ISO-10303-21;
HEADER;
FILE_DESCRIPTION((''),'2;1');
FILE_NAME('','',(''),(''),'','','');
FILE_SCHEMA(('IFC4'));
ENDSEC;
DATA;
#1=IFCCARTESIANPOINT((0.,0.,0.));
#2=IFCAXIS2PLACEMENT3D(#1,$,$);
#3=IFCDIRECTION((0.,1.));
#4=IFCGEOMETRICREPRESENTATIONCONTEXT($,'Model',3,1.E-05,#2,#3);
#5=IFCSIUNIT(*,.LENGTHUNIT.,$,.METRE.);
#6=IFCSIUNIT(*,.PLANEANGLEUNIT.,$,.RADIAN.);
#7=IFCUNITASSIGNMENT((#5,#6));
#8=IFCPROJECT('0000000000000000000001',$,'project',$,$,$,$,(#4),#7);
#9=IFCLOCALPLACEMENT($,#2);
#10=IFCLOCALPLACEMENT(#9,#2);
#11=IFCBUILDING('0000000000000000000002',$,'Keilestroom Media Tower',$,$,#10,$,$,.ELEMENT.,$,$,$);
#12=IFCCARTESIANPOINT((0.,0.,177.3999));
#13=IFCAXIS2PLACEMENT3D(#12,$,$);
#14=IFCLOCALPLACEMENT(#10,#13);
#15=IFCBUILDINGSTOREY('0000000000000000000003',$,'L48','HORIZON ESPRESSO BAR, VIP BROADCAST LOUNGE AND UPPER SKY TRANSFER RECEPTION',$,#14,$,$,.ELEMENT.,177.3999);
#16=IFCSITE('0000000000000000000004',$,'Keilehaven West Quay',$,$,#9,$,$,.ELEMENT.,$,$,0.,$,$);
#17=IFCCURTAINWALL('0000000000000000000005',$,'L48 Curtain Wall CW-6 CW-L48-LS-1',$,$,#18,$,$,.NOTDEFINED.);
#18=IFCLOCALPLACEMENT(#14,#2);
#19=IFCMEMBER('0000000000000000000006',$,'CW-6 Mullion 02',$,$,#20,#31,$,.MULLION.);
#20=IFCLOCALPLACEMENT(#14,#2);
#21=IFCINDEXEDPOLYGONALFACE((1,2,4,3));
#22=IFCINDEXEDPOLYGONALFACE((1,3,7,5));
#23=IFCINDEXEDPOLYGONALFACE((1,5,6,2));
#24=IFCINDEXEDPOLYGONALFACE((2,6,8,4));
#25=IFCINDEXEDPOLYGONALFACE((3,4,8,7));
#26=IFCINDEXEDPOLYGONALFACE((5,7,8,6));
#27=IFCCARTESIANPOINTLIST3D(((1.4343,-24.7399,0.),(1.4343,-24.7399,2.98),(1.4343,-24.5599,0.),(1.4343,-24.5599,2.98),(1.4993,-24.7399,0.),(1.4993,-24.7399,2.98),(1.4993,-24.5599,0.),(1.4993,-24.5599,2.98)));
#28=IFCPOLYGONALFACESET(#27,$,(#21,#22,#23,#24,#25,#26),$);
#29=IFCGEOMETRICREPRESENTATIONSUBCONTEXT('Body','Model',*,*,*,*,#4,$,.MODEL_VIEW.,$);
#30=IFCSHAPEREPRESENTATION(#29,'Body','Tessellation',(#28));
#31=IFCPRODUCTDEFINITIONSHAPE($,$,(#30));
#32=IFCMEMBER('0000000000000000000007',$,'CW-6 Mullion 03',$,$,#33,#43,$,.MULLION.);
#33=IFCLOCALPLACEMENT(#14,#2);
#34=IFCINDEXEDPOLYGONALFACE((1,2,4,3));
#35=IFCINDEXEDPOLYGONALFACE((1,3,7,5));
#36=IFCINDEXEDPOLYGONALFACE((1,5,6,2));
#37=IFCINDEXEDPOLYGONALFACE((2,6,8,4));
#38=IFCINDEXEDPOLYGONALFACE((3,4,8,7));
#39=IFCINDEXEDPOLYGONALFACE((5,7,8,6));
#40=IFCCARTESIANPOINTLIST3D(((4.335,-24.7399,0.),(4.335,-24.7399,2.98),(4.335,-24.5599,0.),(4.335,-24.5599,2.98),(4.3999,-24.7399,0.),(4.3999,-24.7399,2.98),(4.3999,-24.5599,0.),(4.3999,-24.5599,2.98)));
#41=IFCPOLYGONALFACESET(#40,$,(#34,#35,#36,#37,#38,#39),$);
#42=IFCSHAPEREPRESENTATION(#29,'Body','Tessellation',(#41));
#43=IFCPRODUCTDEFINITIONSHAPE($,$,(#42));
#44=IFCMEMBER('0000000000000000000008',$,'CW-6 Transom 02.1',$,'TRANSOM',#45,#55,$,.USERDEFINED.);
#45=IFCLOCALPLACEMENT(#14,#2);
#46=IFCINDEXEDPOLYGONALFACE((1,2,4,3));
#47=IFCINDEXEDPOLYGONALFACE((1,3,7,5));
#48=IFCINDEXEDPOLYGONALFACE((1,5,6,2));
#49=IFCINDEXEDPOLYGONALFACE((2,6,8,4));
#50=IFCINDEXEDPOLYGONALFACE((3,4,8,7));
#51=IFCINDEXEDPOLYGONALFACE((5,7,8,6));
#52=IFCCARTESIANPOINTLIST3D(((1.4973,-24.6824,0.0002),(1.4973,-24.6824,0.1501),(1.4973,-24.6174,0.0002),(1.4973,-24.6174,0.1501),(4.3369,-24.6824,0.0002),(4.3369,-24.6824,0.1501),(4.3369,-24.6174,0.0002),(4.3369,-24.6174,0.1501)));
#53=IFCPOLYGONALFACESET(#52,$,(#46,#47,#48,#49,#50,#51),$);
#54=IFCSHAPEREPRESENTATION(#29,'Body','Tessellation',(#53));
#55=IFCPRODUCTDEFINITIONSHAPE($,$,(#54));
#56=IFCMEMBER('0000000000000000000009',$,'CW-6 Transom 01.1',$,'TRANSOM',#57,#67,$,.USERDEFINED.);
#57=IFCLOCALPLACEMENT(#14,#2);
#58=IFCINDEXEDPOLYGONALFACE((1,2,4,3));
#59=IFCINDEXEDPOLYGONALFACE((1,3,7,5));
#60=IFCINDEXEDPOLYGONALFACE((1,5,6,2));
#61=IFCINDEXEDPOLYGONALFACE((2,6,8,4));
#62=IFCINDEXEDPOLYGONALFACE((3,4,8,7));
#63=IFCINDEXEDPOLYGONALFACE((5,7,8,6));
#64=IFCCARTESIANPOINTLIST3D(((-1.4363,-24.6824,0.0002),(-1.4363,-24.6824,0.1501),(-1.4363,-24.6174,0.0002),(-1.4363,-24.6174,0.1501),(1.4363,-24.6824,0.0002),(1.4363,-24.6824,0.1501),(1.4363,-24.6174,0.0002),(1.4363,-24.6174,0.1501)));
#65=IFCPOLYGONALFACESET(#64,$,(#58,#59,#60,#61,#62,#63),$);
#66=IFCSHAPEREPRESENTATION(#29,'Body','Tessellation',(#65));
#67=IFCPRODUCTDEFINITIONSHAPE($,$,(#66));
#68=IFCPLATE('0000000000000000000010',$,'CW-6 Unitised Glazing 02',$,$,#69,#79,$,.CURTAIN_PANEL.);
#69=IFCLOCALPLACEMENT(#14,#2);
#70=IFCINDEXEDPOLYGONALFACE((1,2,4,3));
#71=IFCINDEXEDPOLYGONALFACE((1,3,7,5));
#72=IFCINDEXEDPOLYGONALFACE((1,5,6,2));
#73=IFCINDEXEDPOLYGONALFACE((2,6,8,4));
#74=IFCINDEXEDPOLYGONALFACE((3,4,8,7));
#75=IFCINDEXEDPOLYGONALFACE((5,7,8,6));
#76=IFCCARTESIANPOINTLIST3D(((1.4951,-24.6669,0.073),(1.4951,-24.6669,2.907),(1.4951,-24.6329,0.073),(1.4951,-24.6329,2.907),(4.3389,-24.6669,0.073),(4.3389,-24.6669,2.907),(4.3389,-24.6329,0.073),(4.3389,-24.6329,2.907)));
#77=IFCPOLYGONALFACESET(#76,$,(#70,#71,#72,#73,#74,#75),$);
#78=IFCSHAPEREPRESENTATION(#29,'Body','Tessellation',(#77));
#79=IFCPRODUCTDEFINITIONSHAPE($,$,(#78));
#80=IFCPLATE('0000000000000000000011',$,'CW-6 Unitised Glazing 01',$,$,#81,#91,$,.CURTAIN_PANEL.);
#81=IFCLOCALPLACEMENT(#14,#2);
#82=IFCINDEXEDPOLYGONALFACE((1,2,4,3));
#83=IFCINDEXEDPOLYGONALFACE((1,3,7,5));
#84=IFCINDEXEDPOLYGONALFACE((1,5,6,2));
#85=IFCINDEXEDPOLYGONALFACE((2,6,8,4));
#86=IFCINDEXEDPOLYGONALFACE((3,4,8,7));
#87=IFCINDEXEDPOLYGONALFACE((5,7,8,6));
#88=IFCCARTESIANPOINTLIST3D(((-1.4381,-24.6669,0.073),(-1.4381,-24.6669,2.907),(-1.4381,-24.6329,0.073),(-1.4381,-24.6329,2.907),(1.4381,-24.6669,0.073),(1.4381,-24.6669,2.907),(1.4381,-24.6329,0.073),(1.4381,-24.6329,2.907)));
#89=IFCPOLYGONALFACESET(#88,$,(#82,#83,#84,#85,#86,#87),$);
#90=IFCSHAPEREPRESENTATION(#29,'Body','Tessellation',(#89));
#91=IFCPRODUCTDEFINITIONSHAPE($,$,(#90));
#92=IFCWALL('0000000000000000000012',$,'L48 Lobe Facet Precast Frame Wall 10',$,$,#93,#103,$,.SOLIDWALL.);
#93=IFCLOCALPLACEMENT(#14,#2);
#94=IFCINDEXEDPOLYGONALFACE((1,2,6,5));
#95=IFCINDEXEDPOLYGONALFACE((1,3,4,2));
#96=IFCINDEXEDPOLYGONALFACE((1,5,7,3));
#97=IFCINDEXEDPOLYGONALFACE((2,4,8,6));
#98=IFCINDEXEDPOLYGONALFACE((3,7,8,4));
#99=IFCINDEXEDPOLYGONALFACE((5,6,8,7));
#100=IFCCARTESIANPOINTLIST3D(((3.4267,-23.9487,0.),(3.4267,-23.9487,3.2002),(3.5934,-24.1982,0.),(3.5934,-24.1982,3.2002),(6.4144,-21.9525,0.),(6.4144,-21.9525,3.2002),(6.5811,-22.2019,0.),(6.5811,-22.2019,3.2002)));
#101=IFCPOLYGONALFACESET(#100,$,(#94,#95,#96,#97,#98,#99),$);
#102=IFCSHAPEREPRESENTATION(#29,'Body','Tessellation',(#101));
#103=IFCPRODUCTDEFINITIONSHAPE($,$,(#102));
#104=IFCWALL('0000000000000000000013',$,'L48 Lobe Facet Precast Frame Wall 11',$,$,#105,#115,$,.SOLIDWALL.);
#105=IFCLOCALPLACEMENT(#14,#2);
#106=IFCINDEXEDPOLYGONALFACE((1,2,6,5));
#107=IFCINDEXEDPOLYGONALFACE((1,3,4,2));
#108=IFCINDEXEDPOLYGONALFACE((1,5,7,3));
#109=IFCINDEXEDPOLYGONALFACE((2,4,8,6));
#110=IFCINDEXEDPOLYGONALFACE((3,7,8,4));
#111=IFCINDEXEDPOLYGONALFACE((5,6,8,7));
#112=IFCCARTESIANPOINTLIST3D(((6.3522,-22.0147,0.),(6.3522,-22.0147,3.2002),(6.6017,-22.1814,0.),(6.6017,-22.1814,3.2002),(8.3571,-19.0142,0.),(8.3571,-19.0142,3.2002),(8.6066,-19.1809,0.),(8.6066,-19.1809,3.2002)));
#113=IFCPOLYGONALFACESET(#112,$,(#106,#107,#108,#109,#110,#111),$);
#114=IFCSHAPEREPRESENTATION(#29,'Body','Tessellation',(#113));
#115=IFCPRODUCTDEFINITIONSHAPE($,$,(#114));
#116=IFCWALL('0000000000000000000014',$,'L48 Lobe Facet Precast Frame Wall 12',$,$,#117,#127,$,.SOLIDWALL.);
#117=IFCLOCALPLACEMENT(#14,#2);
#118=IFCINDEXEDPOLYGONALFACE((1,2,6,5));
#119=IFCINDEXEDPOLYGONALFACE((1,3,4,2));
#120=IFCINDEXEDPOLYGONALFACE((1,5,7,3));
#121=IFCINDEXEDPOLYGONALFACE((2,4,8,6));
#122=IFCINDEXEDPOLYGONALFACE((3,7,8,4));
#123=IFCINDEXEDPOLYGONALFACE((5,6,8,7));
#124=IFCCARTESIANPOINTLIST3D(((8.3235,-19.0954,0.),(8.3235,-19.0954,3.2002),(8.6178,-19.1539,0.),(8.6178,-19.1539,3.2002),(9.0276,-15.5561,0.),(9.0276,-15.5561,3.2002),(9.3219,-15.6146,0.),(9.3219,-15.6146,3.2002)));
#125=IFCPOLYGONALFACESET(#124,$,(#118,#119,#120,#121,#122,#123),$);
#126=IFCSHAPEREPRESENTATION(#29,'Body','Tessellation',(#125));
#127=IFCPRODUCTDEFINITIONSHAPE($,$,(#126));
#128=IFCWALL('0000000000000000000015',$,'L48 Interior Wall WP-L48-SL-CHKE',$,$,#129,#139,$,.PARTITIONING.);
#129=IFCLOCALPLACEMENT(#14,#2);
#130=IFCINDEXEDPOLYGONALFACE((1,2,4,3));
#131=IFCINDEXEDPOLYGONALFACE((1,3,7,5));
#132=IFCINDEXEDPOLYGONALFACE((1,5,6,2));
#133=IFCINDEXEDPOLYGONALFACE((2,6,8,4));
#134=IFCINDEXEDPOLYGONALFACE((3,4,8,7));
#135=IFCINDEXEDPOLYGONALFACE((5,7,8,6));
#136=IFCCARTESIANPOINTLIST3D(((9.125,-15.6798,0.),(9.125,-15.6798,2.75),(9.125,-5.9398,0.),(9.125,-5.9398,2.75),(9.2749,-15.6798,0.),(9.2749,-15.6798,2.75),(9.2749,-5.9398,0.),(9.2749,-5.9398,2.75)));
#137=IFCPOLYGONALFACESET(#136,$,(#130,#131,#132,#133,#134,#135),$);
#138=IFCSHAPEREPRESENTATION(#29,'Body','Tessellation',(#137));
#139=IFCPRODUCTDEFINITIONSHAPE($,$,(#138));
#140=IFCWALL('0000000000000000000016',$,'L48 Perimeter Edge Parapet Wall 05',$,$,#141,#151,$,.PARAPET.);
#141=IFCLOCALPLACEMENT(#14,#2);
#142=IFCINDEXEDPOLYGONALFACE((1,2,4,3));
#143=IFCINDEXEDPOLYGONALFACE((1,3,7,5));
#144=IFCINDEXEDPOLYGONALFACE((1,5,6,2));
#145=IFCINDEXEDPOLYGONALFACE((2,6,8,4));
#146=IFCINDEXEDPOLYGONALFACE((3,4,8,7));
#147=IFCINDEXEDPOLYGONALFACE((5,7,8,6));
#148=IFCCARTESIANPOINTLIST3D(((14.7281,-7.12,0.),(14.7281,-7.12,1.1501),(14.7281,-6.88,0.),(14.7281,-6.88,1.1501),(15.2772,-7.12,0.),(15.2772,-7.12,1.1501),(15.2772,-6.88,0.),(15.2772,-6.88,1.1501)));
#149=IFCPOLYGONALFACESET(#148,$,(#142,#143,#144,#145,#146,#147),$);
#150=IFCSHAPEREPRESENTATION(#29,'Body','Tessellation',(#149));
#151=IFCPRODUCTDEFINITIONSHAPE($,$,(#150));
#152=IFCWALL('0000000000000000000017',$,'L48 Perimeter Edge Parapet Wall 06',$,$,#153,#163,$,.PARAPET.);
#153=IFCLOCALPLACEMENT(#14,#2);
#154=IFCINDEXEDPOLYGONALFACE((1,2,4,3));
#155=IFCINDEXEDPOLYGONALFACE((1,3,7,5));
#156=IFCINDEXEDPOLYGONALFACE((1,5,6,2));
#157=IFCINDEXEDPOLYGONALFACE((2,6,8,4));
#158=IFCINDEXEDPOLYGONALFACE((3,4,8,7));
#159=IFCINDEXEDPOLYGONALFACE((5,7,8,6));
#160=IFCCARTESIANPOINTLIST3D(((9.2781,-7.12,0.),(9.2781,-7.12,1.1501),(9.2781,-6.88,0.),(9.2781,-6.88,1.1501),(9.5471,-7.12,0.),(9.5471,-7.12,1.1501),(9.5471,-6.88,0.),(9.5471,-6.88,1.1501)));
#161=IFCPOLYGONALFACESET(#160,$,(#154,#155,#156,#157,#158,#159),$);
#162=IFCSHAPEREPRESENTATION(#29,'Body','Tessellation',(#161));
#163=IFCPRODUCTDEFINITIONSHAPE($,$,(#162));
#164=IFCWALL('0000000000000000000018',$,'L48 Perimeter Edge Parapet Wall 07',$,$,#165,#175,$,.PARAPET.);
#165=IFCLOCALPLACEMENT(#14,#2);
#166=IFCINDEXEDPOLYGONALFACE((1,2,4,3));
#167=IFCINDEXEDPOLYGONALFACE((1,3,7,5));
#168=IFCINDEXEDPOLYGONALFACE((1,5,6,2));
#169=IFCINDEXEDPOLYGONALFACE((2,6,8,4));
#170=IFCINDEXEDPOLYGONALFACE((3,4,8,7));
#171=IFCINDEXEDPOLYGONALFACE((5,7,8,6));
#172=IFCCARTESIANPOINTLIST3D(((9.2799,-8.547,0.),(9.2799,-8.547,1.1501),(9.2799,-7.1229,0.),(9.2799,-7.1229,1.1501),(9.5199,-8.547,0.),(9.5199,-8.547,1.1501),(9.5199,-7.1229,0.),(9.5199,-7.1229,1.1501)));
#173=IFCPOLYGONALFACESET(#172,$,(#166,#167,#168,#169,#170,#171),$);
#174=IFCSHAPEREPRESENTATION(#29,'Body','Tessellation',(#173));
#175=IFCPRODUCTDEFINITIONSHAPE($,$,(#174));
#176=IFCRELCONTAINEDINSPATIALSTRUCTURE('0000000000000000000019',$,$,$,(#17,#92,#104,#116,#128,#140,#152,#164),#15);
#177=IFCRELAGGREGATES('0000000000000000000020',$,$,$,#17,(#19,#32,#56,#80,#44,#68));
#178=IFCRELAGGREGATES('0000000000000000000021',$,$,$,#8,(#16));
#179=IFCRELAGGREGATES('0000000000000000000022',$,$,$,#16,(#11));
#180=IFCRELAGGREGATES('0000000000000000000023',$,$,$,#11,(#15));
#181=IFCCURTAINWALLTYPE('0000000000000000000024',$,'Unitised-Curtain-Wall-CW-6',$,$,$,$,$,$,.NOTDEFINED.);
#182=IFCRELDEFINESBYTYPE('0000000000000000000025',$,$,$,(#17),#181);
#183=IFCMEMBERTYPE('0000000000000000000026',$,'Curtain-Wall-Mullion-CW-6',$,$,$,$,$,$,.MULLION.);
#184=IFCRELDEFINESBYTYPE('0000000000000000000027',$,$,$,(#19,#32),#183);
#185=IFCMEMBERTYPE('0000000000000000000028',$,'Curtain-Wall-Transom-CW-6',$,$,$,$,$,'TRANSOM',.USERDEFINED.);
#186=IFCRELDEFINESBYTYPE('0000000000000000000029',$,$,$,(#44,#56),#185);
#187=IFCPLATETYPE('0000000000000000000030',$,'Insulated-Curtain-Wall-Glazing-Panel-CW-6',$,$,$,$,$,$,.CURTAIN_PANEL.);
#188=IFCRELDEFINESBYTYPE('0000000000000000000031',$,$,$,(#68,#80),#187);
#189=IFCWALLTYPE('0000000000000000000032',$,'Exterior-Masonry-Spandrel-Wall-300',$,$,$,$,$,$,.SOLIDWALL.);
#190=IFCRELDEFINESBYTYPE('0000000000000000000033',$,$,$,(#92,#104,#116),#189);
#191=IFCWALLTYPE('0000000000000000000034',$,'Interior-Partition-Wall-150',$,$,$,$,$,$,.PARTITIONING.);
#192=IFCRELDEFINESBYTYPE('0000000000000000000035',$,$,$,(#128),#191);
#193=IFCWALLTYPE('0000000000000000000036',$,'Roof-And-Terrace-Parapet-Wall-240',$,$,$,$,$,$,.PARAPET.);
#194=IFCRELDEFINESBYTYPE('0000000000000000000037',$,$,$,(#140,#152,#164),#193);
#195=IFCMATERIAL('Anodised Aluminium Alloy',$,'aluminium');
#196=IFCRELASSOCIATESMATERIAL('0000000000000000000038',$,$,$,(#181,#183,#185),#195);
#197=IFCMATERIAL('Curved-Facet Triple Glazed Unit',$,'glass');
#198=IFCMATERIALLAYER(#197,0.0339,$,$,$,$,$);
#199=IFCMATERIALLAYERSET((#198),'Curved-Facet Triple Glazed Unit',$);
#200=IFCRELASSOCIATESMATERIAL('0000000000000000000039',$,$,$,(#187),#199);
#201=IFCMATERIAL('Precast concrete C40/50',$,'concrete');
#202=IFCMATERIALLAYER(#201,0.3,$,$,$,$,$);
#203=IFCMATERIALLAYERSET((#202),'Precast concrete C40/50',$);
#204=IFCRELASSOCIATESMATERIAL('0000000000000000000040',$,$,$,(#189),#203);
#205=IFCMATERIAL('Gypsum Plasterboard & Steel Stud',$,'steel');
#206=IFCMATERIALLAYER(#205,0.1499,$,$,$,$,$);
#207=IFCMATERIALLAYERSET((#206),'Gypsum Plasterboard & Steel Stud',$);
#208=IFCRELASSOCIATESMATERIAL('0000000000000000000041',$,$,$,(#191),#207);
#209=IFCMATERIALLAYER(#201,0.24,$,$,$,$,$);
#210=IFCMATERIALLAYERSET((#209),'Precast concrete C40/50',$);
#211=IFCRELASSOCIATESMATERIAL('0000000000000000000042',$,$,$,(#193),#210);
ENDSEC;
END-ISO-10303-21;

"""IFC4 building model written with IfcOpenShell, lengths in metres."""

from ifc_helpers import new_model, si_unit, direction, frame, frame_2d, origin, origin_2d, place, context, subcontext, project, spatial, rectangle, extrude, source, transform, mapped, material, layer, layer_set, material_profile, profile_set, type_object, element, aggregate, save


model = new_model("IFC4")

# Units and contexts
model_context = context("Model", 3, precision=1e-05, world=origin(), true_north=direction((0.0, 1.0)))
body_context = subcontext(model_context, "Body", "Model", "MODEL_VIEW")
ifc_project = project(units=[si_unit("LENGTHUNIT", "METRE"), si_unit("PLANEANGLEUNIT", "RADIAN")], contexts=[model_context])

# Site, building, storey
site_placement = place(None, origin())
site = spatial("IfcSite", under=ifc_project, at=site_placement, Name="Keilehaven West Quay", CompositionType="ELEMENT", RefElevation=0.0)
building_placement = place(site_placement, origin())
building = spatial("IfcBuilding", under=site, at=building_placement, Name="Keilestroom Media Tower", CompositionType="ELEMENT")
storey_placement = place(building_placement, frame((0.0, 0.0, 177.3999)))
storey = spatial("IfcBuildingStorey", under=building, at=storey_placement, Name="L48", Description="HORIZON ESPRESSO BAR, VIP BROADCAST LOUNGE AND UPPER SKY TRANSFER RECEPTION", CompositionType="ELEMENT", Elevation=177.3999)

# Shared definitions
ifc_material_1 = material(Name="Precast concrete C40/50", Category="concrete")

# Curtain wall, members, plates
ifc_material_2 = material(Name="Anodised Aluminium Alloy", Category="aluminium")
curtain_wall_type = type_object("IfcCurtainWallType", Name="Unitised-Curtain-Wall-CW-6", PredefinedType="NOTDEFINED", material=ifc_material_2)
curtain_wall_placement = place(storey_placement, origin())
curtain_wall = element("IfcCurtainWall", 1, at=curtain_wall_placement, inside=storey, type_object=curtain_wall_type, Name="L48 Curtain Wall CW-6 CW-L48-LS-1", PredefinedType="NOTDEFINED")
ifc_material_profile_1 = material_profile(ifc_material_2, rectangle(XDim=0.0649, YDim=0.1799, at=origin_2d()), Name="ALU MULLION 65x180")
ifc_profile_set_1 = profile_set([ifc_material_profile_1], Name="Anodised Aluminium Alloy")
member_type_1 = type_object("IfcMemberType", Name="Curtain-Wall-Mullion-CW-6", PredefinedType="MULLION", material=ifc_profile_set_1)
shared_shape_1 = source(origin(), body_context, "Body", "SweptSolid", [
    extrude(rectangle(XDim=0.0649, YDim=0.1799, at=origin_2d()), origin(), (0.0, 0.0, 1.0), 2.98),
])
member_1_placement = place(storey_placement, frame((1.4668, -24.6499, 0.0), z_axis=(0.0, 0.0, 1.0), x_axis=(1.0, 0.0, 0.0)))
member_1 = element("IfcMember", 2, at=member_1_placement, type_object=member_type_1, Name="CW-6 Mullion 02", PredefinedType="MULLION", context=body_context, shape_type="MappedRepresentation", body=[
    mapped(shared_shape_1, transform((0.0, 0.0, 0.0), x_axis=(1.0, 0.0, 0.0), y_axis=(0.0, 1.0, 0.0), z_axis=(0.0, 0.0, 1.0), scale=1.0)),
])
member_2_placement = place(storey_placement, frame((4.3674, -24.6499, 0.0), z_axis=(0.0, 0.0, 1.0), x_axis=(1.0, 0.0, 0.0)))
member_2 = element("IfcMember", 3, at=member_2_placement, type_object=member_type_1, Name="CW-6 Mullion 03", PredefinedType="MULLION", context=body_context, shape_type="MappedRepresentation", body=[
    mapped(shared_shape_1, transform((0.0, 0.0, 0.0), x_axis=(1.0, 0.0, 0.0), y_axis=(0.0, 1.0, 0.0), z_axis=(0.0, 0.0, 1.0), scale=1.0)),
])
ifc_material_profile_2 = material_profile(ifc_material_2, rectangle(XDim=0.0649, YDim=0.1499, at=origin_2d()), Name="ALU TRANSOM 65x150")
ifc_profile_set_2 = profile_set([ifc_material_profile_2], Name="Anodised Aluminium Alloy")
member_type_2 = type_object("IfcMemberType", Name="Curtain-Wall-Transom-CW-6", ElementType="TRANSOM", PredefinedType="USERDEFINED", material=ifc_profile_set_2)
shared_shape_2 = source(origin(), body_context, "Body", "SweptSolid", [
    extrude(rectangle(XDim=0.0649, YDim=0.1499, at=origin_2d()), origin(), (0.0, 0.0, 1.0), 2.8396),
])
member_3_placement = place(storey_placement, frame((1.4973, -24.6499, 0.0752), z_axis=(1.0, 0.0, 0.0), x_axis=(0.0, 1.0, 0.0)))
member_3 = element("IfcMember", 4, at=member_3_placement, type_object=member_type_2, Name="CW-6 Transom 02.1", ObjectType="TRANSOM", PredefinedType="USERDEFINED", context=body_context, shape_type="MappedRepresentation", body=[
    mapped(shared_shape_2, transform((0.0, 0.0, 0.0), x_axis=(1.0, 0.0, 0.0), y_axis=(0.0, 1.0, 0.0), z_axis=(0.0, 0.0, 1.0), scale=1.0)),
])
shared_shape_3 = source(origin(), body_context, "Body", "SweptSolid", [
    extrude(rectangle(XDim=0.0649, YDim=0.1499, at=origin_2d()), origin(), (0.0, 0.0, 1.0), 2.8726),
])
member_4_placement = place(storey_placement, frame((-1.4363, -24.6499, 0.0752), z_axis=(1.0, 0.0, 0.0), x_axis=(0.0, 1.0, 0.0)))
member_4 = element("IfcMember", 5, at=member_4_placement, type_object=member_type_2, Name="CW-6 Transom 01.1", ObjectType="TRANSOM", PredefinedType="USERDEFINED", context=body_context, shape_type="MappedRepresentation", body=[
    mapped(shared_shape_3, transform((0.0, 0.0, 0.0), x_axis=(1.0, 0.0, 0.0), y_axis=(0.0, 1.0, 0.0), z_axis=(0.0, 0.0, 1.0), scale=1.0)),
])
ifc_material_3 = material(Name="Curved-Facet Triple Glazed Unit", Category="glass")
ifc_layer_1 = layer(ifc_material_3, 0.0339)
ifc_layer_set_1 = layer_set([ifc_layer_1], Name="Curved-Facet Triple Glazed Unit")
plate_type = type_object("IfcPlateType", Name="Insulated-Curtain-Wall-Glazing-Panel-CW-6", PredefinedType="CURTAIN_PANEL", material=ifc_layer_set_1)
shared_shape_4 = source(origin(), body_context, "Body", "SweptSolid", [
    extrude(rectangle(XDim=2.8438, YDim=0.0339, at=origin_2d()), origin(), (0.0, 0.0, 1.0), 2.834),
])
plate_1_placement = place(storey_placement, frame((2.917, -24.6499, 0.073), z_axis=(0.0, 0.0, 1.0), x_axis=(1.0, 0.0, 0.0)))
plate_1 = element("IfcPlate", 6, at=plate_1_placement, type_object=plate_type, Name="CW-6 Unitised Glazing 02", PredefinedType="CURTAIN_PANEL", context=body_context, shape_type="MappedRepresentation", body=[
    mapped(shared_shape_4, transform((0.0, 0.0, 0.0), x_axis=(1.0, 0.0, 0.0), y_axis=(0.0, 1.0, 0.0), z_axis=(0.0, 0.0, 1.0), scale=1.0)),
])
shared_shape_5 = source(origin(), body_context, "Body", "SweptSolid", [
    extrude(rectangle(XDim=2.8762, YDim=0.0339, at=origin_2d()), origin(), (0.0, 0.0, 1.0), 2.834),
])
plate_2_placement = place(storey_placement, frame((0.0, -24.6499, 0.073), z_axis=(0.0, 0.0, 1.0), x_axis=(1.0, 0.0, 0.0)))
plate_2 = element("IfcPlate", 7, at=plate_2_placement, type_object=plate_type, Name="CW-6 Unitised Glazing 01", PredefinedType="CURTAIN_PANEL", context=body_context, shape_type="MappedRepresentation", body=[
    mapped(shared_shape_5, transform((0.0, 0.0, 0.0), x_axis=(1.0, 0.0, 0.0), y_axis=(0.0, 1.0, 0.0), z_axis=(0.0, 0.0, 1.0), scale=1.0)),
])
aggregate(curtain_wall, [member_1, member_2, member_4, plate_2, member_3, plate_1])

# Walls
ifc_layer_2 = layer(ifc_material_1, 0.3)
ifc_layer_set_2 = layer_set([ifc_layer_2], Name="Precast concrete C40/50")
wall_type_1 = type_object("IfcWallType", Name="Exterior-Masonry-Spandrel-Wall-300", PredefinedType="SOLIDWALL", material=ifc_layer_set_2)
wall_1_placement = place(storey_placement, frame((3.51, -24.0735, 0.0), z_axis=(0.0, 0.0, 1.0), x_axis=(0.831475, 0.555562, 0.0)))
element("IfcWall", 8, at=wall_1_placement, inside=storey, type_object=wall_type_1, Name="L48 Lobe Facet Precast Frame Wall 10", PredefinedType="SOLIDWALL", context=body_context, shape_type="SweptSolid", body=[
    extrude(rectangle(XDim=3.5933, YDim=0.3, at=frame_2d((1.7966, 0.0))), origin(), (0.0, 0.0, 1.0), 3.2002),
])
for number, where, z_axis, x_axis, name in (
    (9, (6.4771, -22.0979, 0.0), (0.0, 0.0, 1.0), (0.555574, 0.831467, 0.0), "L48 Lobe Facet Precast Frame Wall 11"),
    (10, (8.4707, -19.1245, 0.0), (0.0, 0.0, 1.0), (0.195114, 0.980781, 0.0), "L48 Lobe Facet Precast Frame Wall 12"),
):
    element("IfcWall", number, at=place(storey_placement, frame(where, z_axis=z_axis, x_axis=x_axis)), inside=storey, type_object=wall_type_1, Name=name, PredefinedType="SOLIDWALL", context=body_context, shape_type="SweptSolid", body=[
        extrude(rectangle(XDim=3.6086, YDim=0.3, at=frame_2d((1.8042, 0.0))), origin(), (0.0, 0.0, 1.0), 3.2002),
    ])
ifc_material_4 = material(Name="Gypsum Plasterboard & Steel Stud", Category="steel")
ifc_layer_3 = layer(ifc_material_4, 0.1499)
ifc_layer_set_3 = layer_set([ifc_layer_3], Name="Gypsum Plasterboard & Steel Stud")
wall_type_2 = type_object("IfcWallType", Name="Interior-Partition-Wall-150", PredefinedType="PARTITIONING", material=ifc_layer_set_3)
wall_2_placement = place(storey_placement, frame((9.2, -15.6799, 0.0), z_axis=(0.0, 0.0, 1.0), x_axis=(0.0, 1.0, 0.0)))
element("IfcWall", 11, at=wall_2_placement, inside=storey, type_object=wall_type_2, Name="L48 Interior Wall WP-L48-SL-CHKE", PredefinedType="PARTITIONING", context=body_context, shape_type="SweptSolid", body=[
    extrude(rectangle(XDim=9.74, YDim=0.1499, at=frame_2d((4.8701, 0.0))), origin(), (0.0, 0.0, 1.0), 2.75),
])
ifc_layer_4 = layer(ifc_material_1, 0.24)
ifc_layer_set_4 = layer_set([ifc_layer_4], Name="Precast concrete C40/50")
wall_type_3 = type_object("IfcWallType", Name="Roof-And-Terrace-Parapet-Wall-240", PredefinedType="PARAPET", material=ifc_layer_set_4)
wall_3_placement = place(storey_placement, frame((15.2771, -7.0, 0.0), z_axis=(0.0, 0.0, 1.0), x_axis=(-1.0, 0.0, 0.0)))
element("IfcWall", 12, at=wall_3_placement, inside=storey, type_object=wall_type_3, Name="L48 Perimeter Edge Parapet Wall 05", PredefinedType="PARAPET", context=body_context, shape_type="SweptSolid", body=[
    extrude(rectangle(XDim=0.5491, YDim=0.24, at=frame_2d((0.2744, 0.0))), origin(), (0.0, 0.0, 1.0), 1.1501),
])
wall_4_placement = place(storey_placement, frame((9.5471, -7.0, 0.0), z_axis=(0.0, 0.0, 1.0), x_axis=(-1.0, 0.0, 0.0)))
element("IfcWall", 13, at=wall_4_placement, inside=storey, type_object=wall_type_3, Name="L48 Perimeter Edge Parapet Wall 06", PredefinedType="PARAPET", context=body_context, shape_type="SweptSolid", body=[
    extrude(rectangle(XDim=0.269, YDim=0.24, at=frame_2d((0.1345, 0.0))), origin(), (0.0, 0.0, 1.0), 1.1501),
])
wall_5_placement = place(storey_placement, frame((9.3999, -7.123, 0.0), z_axis=(0.0, 0.0, 1.0), x_axis=(0.0, -1.0, 0.0)))
element("IfcWall", 14, at=wall_5_placement, inside=storey, type_object=wall_type_3, Name="L48 Perimeter Edge Parapet Wall 07", PredefinedType="PARAPET", context=body_context, shape_type="SweptSolid", body=[
    extrude(rectangle(XDim=1.4241, YDim=0.24, at=frame_2d((0.7119, 0.0))), origin(), (0.0, 0.0, 1.0), 1.1501),
])

save(model, "model.ifc")
